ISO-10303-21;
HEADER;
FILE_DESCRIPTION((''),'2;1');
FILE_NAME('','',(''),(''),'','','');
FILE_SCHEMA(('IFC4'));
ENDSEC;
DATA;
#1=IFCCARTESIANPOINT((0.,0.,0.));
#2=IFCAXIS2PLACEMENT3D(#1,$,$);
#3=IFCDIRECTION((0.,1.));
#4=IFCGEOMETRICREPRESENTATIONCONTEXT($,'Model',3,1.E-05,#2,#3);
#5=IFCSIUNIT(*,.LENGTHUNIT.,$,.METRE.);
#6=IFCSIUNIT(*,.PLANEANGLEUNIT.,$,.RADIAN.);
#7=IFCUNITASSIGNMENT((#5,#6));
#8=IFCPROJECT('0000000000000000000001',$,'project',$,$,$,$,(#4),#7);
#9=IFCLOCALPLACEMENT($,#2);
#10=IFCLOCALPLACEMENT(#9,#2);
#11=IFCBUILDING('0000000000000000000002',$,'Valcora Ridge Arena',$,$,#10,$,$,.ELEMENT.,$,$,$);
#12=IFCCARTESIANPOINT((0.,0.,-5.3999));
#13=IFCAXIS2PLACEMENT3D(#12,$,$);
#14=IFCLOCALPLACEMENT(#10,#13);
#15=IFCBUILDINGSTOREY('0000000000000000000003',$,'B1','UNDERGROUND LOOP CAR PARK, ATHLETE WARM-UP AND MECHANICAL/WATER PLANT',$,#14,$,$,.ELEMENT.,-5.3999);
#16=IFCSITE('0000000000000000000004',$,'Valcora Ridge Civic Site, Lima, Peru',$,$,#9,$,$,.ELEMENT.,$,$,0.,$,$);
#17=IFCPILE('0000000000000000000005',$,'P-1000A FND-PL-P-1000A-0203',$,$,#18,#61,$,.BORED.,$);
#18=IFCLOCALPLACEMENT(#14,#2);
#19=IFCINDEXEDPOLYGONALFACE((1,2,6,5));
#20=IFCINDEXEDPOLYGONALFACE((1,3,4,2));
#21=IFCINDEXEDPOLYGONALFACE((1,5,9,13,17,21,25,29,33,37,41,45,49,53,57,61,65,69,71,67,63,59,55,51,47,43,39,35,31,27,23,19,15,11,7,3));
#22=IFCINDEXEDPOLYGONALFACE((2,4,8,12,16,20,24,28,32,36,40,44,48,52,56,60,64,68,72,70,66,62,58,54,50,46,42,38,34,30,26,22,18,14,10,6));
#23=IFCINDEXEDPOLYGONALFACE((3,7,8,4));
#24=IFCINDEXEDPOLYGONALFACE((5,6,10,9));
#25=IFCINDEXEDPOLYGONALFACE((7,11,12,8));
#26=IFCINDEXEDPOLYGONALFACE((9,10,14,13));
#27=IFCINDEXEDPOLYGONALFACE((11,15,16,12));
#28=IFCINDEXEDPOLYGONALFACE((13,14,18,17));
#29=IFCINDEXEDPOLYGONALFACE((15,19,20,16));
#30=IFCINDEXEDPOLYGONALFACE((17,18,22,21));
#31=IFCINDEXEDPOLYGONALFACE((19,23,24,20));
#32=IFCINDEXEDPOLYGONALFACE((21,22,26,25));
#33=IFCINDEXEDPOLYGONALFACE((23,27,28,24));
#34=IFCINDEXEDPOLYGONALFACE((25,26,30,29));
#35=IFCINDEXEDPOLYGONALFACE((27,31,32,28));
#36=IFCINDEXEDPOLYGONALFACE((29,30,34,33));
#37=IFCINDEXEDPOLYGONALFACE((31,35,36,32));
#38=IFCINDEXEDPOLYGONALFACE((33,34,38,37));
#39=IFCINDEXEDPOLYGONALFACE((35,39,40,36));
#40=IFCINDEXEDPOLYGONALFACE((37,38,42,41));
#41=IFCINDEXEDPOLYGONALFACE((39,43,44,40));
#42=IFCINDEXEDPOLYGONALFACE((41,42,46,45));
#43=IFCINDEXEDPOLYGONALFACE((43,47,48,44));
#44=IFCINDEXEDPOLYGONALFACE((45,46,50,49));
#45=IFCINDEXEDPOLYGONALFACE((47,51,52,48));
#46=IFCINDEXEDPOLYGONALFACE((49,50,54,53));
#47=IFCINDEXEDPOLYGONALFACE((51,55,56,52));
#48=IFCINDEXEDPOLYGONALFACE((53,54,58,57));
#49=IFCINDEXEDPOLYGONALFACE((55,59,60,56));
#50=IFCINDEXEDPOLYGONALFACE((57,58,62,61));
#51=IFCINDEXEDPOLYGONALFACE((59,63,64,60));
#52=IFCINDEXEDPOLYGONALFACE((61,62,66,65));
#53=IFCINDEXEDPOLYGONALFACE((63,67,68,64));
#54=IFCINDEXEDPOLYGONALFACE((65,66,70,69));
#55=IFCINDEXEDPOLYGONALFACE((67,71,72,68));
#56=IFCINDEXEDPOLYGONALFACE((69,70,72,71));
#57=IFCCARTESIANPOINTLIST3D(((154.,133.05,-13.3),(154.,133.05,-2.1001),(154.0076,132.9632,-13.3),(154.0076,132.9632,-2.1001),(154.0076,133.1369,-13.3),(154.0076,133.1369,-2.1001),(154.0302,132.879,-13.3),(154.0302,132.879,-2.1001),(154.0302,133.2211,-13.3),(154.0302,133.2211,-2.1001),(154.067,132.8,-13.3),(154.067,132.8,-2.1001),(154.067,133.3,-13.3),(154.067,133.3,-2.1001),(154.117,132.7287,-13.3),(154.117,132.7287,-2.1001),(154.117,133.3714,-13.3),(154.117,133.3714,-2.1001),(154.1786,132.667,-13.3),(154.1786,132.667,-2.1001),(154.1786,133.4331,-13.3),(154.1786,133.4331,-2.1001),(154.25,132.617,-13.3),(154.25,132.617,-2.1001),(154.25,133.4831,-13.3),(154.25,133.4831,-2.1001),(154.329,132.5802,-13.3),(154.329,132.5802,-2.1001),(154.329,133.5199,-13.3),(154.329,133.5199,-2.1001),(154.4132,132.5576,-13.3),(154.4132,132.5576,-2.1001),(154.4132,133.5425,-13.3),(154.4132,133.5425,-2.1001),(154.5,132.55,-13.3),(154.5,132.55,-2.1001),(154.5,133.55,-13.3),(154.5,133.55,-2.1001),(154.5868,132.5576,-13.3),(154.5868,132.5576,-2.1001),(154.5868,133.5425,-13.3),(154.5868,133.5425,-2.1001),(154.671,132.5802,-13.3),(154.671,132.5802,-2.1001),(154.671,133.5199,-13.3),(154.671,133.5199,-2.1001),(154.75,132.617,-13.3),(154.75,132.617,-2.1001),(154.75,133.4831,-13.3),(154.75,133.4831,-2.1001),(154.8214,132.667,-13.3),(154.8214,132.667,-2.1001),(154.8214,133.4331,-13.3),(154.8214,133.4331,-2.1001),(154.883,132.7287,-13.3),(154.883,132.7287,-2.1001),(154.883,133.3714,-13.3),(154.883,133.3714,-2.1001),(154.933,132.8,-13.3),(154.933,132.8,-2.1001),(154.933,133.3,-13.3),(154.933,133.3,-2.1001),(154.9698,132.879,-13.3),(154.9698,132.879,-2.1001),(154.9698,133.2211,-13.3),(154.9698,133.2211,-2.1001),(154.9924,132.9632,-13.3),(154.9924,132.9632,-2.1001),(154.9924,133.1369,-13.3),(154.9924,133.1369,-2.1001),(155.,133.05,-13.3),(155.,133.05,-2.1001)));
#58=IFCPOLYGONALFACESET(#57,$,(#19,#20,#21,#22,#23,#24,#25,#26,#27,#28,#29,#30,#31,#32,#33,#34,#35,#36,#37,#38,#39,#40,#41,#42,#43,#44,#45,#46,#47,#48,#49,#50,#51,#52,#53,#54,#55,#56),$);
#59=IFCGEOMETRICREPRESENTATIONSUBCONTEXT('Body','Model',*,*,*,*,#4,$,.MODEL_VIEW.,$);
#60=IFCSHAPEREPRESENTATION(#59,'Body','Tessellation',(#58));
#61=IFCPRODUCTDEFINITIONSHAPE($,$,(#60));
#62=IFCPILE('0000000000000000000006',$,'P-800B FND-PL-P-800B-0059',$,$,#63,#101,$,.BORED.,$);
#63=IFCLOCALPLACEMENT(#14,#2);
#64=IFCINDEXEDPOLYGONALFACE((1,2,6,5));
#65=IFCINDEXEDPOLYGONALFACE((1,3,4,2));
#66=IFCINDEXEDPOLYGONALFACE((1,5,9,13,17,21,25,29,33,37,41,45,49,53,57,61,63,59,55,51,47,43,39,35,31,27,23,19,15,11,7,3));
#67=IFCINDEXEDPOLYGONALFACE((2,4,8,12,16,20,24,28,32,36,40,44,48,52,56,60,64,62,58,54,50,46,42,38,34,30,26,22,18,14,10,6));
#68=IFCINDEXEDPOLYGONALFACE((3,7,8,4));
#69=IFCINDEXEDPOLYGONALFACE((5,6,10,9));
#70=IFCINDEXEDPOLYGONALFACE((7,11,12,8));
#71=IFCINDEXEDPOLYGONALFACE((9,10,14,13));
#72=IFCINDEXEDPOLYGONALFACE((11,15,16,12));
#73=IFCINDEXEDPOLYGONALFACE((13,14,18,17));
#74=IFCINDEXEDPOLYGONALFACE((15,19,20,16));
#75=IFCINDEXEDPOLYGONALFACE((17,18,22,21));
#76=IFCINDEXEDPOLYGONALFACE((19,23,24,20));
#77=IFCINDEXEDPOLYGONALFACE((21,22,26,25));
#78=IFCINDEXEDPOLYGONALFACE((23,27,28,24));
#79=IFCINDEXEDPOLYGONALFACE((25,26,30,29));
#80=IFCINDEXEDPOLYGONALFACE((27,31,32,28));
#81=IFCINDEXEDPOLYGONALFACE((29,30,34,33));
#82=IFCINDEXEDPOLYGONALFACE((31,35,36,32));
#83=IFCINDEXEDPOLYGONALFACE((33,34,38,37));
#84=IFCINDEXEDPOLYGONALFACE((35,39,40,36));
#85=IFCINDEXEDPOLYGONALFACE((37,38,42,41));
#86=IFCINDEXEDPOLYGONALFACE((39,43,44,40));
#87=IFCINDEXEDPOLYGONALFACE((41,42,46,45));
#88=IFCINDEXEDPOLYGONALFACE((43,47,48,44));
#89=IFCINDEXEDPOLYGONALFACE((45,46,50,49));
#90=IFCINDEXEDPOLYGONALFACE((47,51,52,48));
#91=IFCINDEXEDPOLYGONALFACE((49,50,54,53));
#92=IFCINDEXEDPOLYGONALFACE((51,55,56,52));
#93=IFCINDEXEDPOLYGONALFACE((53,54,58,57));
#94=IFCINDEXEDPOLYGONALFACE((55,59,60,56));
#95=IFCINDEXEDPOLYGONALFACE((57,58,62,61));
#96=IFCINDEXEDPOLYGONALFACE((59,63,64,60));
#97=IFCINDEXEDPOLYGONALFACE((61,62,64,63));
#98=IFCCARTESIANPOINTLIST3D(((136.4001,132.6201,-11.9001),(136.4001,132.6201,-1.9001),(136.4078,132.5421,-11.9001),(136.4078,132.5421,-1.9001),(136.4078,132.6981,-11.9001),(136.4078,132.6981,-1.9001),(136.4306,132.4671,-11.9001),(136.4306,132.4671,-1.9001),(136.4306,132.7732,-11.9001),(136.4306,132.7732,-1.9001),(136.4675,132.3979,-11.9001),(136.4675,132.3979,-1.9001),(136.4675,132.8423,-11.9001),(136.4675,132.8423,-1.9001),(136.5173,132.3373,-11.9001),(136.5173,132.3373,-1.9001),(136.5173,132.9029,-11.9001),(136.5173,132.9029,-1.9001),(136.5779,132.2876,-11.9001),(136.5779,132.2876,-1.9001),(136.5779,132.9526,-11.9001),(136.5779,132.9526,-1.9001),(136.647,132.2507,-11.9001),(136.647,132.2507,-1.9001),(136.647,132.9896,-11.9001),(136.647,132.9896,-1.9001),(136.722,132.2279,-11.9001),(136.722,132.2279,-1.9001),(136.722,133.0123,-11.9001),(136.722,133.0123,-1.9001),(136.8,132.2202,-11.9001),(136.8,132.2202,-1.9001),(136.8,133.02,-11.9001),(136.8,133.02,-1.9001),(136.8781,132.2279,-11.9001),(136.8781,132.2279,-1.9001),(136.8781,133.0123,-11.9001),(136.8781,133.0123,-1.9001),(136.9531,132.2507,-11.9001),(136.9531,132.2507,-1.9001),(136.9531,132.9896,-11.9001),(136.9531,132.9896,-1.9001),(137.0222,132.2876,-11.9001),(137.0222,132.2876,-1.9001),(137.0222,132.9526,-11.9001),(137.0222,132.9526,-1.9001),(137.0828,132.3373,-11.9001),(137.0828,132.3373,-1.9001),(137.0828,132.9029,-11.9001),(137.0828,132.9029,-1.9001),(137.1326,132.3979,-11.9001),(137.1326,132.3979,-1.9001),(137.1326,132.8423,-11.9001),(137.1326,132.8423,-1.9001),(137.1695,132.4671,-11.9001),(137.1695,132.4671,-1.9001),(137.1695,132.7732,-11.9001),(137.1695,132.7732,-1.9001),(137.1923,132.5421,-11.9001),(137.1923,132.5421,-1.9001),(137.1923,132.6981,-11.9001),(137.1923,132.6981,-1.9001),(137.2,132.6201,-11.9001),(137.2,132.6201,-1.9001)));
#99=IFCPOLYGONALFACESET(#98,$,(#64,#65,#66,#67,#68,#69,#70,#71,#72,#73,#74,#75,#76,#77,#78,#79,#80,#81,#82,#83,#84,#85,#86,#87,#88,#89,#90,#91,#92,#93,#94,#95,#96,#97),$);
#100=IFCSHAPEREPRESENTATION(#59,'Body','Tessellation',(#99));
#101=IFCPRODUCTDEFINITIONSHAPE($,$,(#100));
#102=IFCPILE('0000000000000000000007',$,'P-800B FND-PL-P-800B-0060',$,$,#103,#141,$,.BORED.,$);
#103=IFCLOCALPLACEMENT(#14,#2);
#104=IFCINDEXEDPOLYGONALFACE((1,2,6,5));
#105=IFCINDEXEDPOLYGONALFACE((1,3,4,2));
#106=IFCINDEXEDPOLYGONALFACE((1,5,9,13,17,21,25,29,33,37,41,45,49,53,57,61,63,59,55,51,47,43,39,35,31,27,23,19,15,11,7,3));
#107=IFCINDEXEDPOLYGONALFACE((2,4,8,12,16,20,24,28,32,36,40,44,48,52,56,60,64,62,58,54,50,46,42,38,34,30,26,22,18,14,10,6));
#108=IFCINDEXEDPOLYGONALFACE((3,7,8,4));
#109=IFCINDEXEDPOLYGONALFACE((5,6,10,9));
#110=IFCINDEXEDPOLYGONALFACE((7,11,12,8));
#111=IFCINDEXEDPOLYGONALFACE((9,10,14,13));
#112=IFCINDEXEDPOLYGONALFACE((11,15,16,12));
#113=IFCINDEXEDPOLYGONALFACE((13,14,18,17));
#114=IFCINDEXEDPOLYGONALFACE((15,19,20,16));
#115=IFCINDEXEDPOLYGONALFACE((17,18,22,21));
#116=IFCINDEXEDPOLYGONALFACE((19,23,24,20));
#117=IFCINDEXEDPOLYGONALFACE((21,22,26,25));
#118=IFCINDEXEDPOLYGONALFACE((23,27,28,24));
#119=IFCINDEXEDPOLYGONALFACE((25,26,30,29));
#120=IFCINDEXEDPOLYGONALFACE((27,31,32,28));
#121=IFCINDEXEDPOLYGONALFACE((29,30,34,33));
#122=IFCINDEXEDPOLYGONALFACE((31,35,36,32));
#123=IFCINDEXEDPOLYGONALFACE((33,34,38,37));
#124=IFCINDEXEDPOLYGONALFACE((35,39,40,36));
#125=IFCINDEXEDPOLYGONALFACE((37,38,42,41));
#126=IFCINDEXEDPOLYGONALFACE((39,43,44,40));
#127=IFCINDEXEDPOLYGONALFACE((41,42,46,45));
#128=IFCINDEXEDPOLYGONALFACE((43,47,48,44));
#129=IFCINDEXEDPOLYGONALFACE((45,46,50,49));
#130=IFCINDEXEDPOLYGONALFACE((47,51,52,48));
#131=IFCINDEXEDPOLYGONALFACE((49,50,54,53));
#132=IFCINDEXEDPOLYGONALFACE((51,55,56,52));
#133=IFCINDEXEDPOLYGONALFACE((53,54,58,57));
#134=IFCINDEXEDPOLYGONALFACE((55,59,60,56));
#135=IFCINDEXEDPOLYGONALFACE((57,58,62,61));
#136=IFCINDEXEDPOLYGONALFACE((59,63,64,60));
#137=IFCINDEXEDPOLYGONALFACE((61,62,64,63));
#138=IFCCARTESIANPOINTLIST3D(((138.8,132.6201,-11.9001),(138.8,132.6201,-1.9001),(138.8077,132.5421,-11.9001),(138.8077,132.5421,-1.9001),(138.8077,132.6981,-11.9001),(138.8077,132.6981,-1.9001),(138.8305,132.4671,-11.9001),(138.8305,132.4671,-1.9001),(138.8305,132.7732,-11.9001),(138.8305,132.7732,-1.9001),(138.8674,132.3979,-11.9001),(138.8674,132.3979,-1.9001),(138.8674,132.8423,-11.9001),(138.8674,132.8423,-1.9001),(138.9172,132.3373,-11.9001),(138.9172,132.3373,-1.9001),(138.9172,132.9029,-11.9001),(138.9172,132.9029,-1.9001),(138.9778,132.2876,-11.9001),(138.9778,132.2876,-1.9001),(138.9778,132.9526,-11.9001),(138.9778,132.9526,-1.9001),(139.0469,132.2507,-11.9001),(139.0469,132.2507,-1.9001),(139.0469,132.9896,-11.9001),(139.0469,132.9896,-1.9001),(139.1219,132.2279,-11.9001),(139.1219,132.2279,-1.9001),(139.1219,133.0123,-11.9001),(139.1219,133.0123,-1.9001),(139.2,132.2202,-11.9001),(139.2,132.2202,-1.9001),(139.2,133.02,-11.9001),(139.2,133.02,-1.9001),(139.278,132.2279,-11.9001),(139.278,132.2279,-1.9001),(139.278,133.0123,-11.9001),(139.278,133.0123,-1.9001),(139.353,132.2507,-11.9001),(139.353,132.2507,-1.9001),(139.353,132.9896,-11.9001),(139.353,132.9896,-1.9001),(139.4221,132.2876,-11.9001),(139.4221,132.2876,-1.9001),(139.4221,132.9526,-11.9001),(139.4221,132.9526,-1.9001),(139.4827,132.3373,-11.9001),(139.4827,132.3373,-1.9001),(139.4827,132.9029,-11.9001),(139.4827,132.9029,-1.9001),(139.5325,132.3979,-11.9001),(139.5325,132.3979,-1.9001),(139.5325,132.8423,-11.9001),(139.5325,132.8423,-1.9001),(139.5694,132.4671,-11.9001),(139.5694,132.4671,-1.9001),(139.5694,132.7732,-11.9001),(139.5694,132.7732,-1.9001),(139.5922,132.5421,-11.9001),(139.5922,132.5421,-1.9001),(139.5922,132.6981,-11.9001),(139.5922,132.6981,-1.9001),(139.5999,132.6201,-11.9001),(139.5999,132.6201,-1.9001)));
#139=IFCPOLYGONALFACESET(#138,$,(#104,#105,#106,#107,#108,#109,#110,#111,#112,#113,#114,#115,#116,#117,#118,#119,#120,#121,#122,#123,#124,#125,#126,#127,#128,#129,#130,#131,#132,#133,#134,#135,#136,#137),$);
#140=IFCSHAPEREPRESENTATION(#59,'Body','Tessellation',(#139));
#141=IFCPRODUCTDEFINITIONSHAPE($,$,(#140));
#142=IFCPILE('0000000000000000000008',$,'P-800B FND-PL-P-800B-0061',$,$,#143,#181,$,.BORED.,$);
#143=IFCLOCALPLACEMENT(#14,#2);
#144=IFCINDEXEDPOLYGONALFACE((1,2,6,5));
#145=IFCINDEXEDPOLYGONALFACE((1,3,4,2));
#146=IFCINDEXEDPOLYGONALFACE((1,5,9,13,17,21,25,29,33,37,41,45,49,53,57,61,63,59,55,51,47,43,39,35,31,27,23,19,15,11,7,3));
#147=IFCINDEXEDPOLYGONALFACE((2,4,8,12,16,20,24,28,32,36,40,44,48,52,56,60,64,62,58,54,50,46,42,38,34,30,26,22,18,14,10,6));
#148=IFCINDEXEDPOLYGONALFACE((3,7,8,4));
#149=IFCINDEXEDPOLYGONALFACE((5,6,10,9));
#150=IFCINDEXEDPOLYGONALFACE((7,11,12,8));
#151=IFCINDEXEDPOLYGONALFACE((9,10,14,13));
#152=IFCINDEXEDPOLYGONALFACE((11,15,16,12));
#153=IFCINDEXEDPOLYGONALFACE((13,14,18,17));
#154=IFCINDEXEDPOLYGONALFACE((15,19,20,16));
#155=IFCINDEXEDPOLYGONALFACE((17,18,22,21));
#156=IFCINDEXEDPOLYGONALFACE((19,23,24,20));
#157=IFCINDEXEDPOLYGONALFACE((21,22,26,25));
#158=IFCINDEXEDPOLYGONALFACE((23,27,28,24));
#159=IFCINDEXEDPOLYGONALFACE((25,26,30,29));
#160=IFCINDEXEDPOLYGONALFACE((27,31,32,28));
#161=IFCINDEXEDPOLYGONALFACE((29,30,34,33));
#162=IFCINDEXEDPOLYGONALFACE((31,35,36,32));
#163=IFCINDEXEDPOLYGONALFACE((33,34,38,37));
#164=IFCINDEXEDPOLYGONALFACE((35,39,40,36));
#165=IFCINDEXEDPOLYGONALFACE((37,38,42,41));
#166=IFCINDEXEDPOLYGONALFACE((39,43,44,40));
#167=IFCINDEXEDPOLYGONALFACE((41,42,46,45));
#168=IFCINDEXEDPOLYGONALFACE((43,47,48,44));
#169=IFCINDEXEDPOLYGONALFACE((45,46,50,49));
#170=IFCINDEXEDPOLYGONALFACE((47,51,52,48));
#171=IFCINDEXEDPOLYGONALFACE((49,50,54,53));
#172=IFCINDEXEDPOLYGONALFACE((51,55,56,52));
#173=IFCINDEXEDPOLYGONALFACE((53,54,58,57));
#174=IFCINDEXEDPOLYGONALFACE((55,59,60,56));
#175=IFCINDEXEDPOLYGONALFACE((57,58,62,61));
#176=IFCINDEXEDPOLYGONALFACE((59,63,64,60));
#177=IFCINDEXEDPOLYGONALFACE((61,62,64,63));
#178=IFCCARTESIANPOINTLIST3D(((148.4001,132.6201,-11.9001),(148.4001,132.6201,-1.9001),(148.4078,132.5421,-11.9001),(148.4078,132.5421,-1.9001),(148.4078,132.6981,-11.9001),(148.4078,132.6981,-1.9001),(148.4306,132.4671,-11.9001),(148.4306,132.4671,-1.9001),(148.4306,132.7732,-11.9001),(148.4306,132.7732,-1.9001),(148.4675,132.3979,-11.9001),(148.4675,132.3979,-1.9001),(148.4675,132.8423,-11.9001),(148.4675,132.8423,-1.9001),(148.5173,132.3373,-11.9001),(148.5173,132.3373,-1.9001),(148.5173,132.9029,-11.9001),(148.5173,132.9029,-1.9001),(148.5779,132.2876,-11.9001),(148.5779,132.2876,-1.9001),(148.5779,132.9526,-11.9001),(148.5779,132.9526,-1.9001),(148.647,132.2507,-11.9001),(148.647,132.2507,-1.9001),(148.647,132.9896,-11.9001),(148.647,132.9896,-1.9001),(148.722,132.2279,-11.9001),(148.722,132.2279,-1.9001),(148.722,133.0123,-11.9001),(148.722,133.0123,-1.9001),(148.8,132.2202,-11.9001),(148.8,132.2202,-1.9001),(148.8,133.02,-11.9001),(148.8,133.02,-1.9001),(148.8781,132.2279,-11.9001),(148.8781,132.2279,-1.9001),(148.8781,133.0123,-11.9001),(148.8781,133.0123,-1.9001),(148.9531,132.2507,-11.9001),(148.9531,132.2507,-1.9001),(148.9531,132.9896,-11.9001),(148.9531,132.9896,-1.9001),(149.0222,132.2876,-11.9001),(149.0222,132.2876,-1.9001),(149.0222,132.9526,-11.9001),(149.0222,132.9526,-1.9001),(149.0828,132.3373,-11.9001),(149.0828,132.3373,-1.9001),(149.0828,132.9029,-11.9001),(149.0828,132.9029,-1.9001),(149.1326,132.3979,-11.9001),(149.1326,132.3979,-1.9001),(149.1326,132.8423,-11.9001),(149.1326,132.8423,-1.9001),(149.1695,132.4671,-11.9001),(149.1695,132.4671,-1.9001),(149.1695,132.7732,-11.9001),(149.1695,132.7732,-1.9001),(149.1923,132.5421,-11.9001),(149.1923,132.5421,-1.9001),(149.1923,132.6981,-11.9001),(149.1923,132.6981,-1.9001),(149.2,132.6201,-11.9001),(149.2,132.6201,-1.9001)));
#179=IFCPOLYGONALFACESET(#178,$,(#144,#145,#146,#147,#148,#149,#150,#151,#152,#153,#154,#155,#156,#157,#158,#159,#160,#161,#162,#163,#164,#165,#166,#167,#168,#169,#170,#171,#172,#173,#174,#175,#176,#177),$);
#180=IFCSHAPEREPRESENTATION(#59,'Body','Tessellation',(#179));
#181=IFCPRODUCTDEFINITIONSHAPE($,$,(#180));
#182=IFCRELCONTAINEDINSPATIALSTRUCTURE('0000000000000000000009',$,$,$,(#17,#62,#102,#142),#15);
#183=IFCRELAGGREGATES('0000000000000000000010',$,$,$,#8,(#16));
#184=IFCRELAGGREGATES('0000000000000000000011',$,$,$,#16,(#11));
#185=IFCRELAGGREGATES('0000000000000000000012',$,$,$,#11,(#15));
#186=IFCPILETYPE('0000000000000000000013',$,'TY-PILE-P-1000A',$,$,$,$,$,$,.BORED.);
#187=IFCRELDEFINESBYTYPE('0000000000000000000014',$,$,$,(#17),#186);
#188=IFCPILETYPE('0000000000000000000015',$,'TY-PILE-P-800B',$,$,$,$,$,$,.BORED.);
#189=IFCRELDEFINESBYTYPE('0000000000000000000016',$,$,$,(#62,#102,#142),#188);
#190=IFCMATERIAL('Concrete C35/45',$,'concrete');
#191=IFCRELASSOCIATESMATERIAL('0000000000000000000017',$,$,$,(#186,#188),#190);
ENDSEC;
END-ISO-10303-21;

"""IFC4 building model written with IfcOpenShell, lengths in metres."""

from ifc_helpers import new_model, si_unit, direction, frame, origin, origin_2d, place, context, subcontext, project, spatial, circle, extrude, material, material_profile, profile_set, type_object, element, save


model = new_model("IFC4")

# Units and contexts
model_context = context("Model", 3, precision=1e-05, world=origin(), true_north=direction((0.0, 1.0)))
body_context = subcontext(model_context, "Body", "Model", "MODEL_VIEW")
ifc_project = project(units=[si_unit("LENGTHUNIT", "METRE"), si_unit("PLANEANGLEUNIT", "RADIAN")], contexts=[model_context])

# Site, building, storey
site_placement = place(None, origin())
site = spatial("IfcSite", under=ifc_project, at=site_placement, Name="Valcora Ridge Civic Site, Lima, Peru", CompositionType="ELEMENT", RefElevation=0.0)
building_placement = place(site_placement, origin())
building = spatial("IfcBuilding", under=site, at=building_placement, Name="Valcora Ridge Arena", CompositionType="ELEMENT")
storey_placement = place(building_placement, frame((0.0, 0.0, -5.3999)))
storey = spatial("IfcBuildingStorey", under=building, at=storey_placement, Name="B1", Description="UNDERGROUND LOOP CAR PARK, ATHLETE WARM-UP AND MECHANICAL/WATER PLANT", CompositionType="ELEMENT", Elevation=-5.3999)

# Piles
ifc_material_1 = material(Name="Concrete C35/45", Category="concrete")
ifc_material_profile_1 = material_profile(ifc_material_1, circle(Radius=0.5, at=origin_2d()), Name="BORED PILE D1000")
ifc_profile_set_1 = profile_set([ifc_material_profile_1], Name="Concrete C35/45")
pile_type_1 = type_object("IfcPileType", Name="TY-PILE-P-1000A", PredefinedType="BORED", material=ifc_profile_set_1)
for number, where, z_axis, x_axis, name in (
    (1, (154.5, 133.05, -2.1001), (0.0, 0.0, -1.0), (1.0, 0.0, 0.0), "P-1000A FND-PL-P-1000A-0203"),
):
    element("IfcPile", number, at=place(storey_placement, frame(where, z_axis=z_axis, x_axis=x_axis)), inside=storey, type_object=pile_type_1, Name=name, PredefinedType="BORED", context=body_context, shape_type="SweptSolid", body=[
        extrude(circle(Radius=0.5, at=origin_2d()), origin(), (0.0, 0.0, 1.0), 11.2),
    ])
ifc_material_profile_2 = material_profile(ifc_material_1, circle(Radius=0.3999, at=origin_2d()), Name="BORED PILE D800")
ifc_profile_set_2 = profile_set([ifc_material_profile_2], Name="Concrete C35/45")
pile_type_2 = type_object("IfcPileType", Name="TY-PILE-P-800B", PredefinedType="BORED", material=ifc_profile_set_2)
for number, where, z_axis, x_axis, name in (
    (2, (136.8, 132.6201, -1.9001), (0.0, 0.0, -1.0), (1.0, 0.0, 0.0), "P-800B FND-PL-P-800B-0059"),
    (3, (139.2, 132.6201, -1.9001), (0.0, 0.0, -1.0), (1.0, 0.0, 0.0), "P-800B FND-PL-P-800B-0060"),
    (4, (148.8, 132.6201, -1.9001), (0.0, 0.0, -1.0), (1.0, 0.0, 0.0), "P-800B FND-PL-P-800B-0061"),
):
    element("IfcPile", number, at=place(storey_placement, frame(where, z_axis=z_axis, x_axis=x_axis)), inside=storey, type_object=pile_type_2, Name=name, PredefinedType="BORED", context=body_context, shape_type="SweptSolid", body=[
        extrude(circle(Radius=0.3999, at=origin_2d()), origin(), (0.0, 0.0, 1.0), 10.0),
    ])

save(model, "model.ifc")
